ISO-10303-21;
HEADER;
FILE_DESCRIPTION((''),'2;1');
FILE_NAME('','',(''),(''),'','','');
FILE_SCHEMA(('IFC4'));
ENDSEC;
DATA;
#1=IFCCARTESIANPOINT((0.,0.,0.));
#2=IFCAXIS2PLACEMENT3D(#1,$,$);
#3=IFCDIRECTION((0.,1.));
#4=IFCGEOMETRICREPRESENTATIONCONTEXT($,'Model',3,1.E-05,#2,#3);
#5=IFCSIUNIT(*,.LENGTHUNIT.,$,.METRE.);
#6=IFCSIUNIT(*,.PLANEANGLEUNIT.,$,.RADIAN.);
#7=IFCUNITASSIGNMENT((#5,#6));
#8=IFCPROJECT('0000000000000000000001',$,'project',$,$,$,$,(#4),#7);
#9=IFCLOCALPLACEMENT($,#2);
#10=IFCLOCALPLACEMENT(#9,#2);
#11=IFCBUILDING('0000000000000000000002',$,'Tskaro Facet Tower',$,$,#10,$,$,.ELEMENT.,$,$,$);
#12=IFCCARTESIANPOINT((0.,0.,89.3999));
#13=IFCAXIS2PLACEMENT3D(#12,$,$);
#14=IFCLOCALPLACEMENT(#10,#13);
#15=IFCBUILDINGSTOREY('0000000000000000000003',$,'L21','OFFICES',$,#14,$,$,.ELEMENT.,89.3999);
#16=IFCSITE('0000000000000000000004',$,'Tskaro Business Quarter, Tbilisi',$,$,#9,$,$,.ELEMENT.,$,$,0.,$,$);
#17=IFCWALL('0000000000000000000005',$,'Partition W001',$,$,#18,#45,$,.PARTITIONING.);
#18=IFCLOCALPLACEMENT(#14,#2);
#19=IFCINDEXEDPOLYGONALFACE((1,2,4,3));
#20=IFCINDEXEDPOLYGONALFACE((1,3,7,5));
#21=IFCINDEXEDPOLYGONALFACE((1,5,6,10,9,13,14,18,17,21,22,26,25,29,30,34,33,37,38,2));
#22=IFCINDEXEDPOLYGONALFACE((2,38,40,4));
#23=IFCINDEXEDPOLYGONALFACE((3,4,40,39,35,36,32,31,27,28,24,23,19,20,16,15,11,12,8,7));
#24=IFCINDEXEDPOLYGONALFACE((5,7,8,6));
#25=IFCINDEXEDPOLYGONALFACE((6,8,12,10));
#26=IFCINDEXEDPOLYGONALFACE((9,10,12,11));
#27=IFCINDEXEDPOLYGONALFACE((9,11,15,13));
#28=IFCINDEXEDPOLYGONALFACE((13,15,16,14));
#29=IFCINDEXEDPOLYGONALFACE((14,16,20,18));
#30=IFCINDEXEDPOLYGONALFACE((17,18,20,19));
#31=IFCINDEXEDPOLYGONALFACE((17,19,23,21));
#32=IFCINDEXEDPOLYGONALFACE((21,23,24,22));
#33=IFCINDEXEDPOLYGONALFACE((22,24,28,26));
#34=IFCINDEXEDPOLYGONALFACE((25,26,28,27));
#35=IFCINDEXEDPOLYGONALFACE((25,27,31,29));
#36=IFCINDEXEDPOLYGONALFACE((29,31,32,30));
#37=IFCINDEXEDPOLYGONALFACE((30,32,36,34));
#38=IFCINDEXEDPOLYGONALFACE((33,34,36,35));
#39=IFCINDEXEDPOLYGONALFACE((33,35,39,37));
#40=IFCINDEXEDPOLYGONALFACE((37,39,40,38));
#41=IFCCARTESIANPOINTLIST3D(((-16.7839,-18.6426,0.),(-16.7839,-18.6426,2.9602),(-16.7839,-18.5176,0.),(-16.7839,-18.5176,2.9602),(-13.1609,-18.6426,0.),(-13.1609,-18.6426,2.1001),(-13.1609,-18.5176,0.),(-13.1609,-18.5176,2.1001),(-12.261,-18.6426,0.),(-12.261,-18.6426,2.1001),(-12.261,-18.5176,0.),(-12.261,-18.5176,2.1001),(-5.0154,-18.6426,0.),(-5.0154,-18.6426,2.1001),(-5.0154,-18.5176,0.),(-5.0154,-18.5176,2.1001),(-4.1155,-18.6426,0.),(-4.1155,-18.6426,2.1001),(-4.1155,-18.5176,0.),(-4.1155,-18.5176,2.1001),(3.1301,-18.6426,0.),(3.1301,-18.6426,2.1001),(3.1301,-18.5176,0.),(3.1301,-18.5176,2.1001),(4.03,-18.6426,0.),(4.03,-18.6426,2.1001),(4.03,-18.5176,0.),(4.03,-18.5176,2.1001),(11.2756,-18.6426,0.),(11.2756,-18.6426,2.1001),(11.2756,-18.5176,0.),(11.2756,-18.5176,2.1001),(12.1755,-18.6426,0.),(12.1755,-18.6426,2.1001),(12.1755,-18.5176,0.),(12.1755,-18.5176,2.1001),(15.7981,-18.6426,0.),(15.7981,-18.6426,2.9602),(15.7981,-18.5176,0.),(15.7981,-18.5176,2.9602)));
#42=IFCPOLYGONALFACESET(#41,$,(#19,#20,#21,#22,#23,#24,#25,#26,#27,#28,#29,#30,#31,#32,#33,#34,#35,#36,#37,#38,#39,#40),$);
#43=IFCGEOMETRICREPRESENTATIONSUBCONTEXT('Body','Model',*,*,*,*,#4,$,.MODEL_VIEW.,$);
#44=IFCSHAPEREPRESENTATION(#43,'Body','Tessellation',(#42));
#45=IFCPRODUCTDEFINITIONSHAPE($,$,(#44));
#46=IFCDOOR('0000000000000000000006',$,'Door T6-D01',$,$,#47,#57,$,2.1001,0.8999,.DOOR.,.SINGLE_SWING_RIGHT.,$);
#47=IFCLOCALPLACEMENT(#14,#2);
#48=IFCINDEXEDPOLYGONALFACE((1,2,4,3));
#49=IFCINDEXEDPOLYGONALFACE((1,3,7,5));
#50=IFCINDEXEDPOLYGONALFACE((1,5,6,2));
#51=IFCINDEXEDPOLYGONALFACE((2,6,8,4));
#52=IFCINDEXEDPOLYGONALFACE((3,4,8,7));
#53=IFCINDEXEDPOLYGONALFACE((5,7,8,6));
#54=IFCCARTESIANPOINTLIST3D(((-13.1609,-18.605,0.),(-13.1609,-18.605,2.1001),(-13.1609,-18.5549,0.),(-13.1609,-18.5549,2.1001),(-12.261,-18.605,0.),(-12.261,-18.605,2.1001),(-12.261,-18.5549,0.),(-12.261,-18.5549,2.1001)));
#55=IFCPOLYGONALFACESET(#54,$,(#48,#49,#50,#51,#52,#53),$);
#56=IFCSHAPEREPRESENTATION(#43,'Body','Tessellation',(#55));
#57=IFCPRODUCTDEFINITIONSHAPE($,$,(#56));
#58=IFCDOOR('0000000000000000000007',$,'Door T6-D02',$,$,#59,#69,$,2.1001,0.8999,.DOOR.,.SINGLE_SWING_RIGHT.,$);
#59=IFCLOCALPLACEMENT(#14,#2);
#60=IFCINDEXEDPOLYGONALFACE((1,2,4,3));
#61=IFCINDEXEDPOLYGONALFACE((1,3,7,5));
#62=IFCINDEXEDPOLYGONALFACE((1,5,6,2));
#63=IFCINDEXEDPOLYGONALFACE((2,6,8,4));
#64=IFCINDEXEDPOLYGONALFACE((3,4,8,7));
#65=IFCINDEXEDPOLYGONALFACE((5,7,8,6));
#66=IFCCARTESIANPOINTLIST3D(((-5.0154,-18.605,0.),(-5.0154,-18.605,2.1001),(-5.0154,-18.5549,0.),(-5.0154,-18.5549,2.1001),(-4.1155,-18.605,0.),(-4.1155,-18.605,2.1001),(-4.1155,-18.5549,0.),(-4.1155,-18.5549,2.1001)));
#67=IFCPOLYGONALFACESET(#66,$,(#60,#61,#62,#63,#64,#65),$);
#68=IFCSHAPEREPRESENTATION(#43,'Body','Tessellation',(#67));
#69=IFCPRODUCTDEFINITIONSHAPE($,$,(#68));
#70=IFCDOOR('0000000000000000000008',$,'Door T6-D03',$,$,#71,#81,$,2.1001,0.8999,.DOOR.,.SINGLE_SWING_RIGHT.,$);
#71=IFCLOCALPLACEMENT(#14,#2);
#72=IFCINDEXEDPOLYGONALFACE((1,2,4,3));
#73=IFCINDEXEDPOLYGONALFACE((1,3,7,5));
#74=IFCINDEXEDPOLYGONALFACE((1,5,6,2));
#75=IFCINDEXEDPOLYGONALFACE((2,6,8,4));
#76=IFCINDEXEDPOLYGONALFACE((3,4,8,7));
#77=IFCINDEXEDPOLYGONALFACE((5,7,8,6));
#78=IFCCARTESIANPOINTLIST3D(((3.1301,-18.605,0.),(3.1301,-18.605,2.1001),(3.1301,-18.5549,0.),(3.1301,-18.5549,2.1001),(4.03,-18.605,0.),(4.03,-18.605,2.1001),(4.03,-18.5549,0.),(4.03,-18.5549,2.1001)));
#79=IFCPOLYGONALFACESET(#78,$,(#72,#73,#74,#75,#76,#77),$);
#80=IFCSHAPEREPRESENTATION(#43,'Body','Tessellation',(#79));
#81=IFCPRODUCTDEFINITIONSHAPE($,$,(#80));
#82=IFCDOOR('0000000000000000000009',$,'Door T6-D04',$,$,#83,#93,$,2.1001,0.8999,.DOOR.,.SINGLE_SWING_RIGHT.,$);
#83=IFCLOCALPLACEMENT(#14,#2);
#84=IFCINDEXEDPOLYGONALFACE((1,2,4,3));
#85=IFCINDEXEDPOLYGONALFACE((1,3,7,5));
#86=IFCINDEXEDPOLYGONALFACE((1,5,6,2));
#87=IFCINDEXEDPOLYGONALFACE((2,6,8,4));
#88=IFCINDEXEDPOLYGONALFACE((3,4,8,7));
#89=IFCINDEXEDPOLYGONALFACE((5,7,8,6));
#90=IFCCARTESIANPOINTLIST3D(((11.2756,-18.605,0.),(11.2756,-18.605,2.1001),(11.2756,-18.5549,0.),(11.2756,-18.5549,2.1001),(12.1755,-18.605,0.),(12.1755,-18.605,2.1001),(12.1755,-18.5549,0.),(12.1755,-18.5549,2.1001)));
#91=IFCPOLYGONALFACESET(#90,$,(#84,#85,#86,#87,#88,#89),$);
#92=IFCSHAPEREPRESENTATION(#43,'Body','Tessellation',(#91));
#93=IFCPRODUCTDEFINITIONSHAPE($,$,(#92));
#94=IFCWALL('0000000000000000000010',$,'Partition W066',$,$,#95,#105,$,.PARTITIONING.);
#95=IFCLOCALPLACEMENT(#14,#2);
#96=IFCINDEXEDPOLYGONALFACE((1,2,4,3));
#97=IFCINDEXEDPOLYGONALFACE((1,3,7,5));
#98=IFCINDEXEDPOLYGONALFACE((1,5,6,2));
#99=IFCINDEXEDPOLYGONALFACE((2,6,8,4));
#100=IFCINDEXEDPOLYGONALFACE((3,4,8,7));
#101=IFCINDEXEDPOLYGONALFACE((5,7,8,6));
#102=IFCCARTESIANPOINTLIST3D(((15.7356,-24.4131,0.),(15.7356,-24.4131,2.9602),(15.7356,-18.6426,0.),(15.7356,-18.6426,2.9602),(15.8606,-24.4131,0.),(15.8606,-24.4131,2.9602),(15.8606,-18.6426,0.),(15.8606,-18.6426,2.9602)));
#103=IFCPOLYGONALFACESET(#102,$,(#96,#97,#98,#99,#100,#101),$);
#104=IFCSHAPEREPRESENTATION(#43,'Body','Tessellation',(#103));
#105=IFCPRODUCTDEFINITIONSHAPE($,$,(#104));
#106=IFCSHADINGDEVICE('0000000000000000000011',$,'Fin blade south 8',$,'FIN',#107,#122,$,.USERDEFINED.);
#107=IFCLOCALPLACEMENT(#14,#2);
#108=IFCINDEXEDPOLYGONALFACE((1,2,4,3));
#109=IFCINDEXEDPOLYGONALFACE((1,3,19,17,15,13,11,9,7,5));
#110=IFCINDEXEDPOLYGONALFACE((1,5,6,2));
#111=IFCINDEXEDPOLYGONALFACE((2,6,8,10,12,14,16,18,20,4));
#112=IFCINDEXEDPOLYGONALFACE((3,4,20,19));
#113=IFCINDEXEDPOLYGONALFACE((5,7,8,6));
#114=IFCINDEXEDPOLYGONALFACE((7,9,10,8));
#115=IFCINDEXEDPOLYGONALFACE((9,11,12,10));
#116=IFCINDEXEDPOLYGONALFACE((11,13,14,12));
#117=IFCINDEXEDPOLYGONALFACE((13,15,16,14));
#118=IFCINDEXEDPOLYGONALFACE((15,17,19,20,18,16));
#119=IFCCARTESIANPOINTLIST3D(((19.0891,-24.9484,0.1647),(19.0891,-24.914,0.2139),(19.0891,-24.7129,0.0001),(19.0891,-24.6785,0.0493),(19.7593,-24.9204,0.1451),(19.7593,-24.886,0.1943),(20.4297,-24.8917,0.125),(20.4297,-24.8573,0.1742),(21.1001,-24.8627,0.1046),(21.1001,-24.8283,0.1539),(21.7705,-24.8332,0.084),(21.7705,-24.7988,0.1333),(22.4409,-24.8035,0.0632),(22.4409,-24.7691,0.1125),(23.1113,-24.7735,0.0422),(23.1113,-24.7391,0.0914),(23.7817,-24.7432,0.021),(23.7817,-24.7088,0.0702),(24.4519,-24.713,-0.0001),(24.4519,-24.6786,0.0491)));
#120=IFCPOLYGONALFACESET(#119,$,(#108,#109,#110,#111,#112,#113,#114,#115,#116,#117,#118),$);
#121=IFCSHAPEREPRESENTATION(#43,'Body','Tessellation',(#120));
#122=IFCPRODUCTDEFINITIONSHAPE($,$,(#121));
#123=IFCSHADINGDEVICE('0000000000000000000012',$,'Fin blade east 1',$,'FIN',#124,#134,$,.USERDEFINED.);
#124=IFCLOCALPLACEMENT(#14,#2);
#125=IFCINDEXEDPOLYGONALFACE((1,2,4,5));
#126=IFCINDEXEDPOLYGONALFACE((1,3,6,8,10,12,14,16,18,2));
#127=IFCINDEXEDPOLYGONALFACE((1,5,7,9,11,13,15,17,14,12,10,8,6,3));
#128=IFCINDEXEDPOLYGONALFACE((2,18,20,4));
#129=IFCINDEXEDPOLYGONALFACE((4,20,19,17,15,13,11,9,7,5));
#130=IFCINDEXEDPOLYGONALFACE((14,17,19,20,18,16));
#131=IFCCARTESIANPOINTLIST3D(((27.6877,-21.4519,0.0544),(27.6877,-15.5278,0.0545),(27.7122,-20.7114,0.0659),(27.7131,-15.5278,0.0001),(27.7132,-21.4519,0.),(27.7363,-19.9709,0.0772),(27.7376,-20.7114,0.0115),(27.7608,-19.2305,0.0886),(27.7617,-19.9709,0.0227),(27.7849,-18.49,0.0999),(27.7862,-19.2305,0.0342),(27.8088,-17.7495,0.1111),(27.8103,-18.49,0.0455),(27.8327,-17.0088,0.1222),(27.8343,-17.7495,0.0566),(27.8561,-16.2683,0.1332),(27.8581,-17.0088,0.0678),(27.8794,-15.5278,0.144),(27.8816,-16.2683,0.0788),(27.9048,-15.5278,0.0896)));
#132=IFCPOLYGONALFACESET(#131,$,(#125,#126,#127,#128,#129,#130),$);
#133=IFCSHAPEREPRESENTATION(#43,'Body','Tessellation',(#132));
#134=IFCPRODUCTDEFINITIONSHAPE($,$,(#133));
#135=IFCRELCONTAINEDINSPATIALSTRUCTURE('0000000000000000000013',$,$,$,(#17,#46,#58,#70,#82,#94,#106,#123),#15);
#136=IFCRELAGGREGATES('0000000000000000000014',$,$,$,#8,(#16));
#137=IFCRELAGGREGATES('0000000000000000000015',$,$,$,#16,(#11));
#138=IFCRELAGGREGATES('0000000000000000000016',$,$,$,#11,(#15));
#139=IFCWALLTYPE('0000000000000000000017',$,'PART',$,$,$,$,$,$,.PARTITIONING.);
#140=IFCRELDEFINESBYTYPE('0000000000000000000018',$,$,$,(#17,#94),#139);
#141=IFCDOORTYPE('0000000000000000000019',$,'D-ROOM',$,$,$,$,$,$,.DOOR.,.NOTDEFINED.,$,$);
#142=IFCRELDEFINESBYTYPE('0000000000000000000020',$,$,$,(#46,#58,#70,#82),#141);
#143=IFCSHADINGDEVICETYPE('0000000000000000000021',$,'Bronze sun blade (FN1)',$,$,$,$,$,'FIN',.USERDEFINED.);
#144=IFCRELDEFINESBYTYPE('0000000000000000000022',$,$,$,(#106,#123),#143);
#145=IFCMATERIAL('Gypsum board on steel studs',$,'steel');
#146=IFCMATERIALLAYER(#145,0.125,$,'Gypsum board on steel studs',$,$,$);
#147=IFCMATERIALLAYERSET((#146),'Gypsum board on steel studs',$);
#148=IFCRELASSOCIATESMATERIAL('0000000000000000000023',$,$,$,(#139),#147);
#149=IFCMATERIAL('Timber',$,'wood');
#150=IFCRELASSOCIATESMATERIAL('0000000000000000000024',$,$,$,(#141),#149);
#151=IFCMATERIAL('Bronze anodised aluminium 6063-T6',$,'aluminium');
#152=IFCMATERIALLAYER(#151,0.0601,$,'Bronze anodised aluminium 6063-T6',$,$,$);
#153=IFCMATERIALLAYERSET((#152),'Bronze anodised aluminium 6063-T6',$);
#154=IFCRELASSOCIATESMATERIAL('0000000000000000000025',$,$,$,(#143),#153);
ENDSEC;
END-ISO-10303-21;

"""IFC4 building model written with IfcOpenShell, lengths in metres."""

from ifc_helpers import new_model, si_unit, direction, frame, frame_2d, origin, place, context, subcontext, project, spatial, polyline, rectangle, outline, extrude, material, layer, layer_set, type_object, element, fill, save


model = new_model("IFC4")

# Units and contexts
model_context = context("Model", 3, precision=1e-05, world=origin(), true_north=direction((0.0, 1.0)))
body_context = subcontext(model_context, "Body", "Model", "MODEL_VIEW")
ifc_project = project(units=[si_unit("LENGTHUNIT", "METRE"), si_unit("PLANEANGLEUNIT", "RADIAN")], contexts=[model_context])

# Site, building, storey
site_placement = place(None, origin())
site = spatial("IfcSite", under=ifc_project, at=site_placement, Name="Tskaro Business Quarter, Tbilisi", CompositionType="ELEMENT", RefElevation=0.0)
building_placement = place(site_placement, origin())
building = spatial("IfcBuilding", under=site, at=building_placement, Name="Tskaro Facet Tower", CompositionType="ELEMENT")
storey_placement = place(building_placement, frame((0.0, 0.0, 89.3999)))
storey = spatial("IfcBuildingStorey", under=building, at=storey_placement, Name="L21", Description="OFFICES", CompositionType="ELEMENT", Elevation=89.3999)

# Shared definitions
ifc_material_1 = material(Name="Bronze anodised aluminium 6063-T6", Category="aluminium")

# Wall, openings, doors
ifc_material_2 = material(Name="Gypsum board on steel studs", Category="steel")
ifc_layer_1 = layer(ifc_material_2, 0.125, Name="Gypsum board on steel studs")
ifc_layer_set_1 = layer_set([ifc_layer_1], Name="Gypsum board on steel studs")
wall_type = type_object("IfcWallType", Name="PART", PredefinedType="PARTITIONING", material=ifc_layer_set_1)
wall_1_placement = place(storey_placement, frame((15.7981, -18.5801, 0.0), z_axis=(0.0, 0.0, 1.0), x_axis=(-1.0, 0.0, 0.0)))
wall_1 = element("IfcWall", 1, at=wall_1_placement, inside=storey, type_object=wall_type, Name="Partition W001", PredefinedType="PARTITIONING", context=body_context, shape_type="SweptSolid", body=[
    extrude(rectangle(XDim=32.582, YDim=0.125, at=frame_2d((16.291, 0.0))), origin(), (0.0, 0.0, 1.0), 2.9602),
])
opening_1_placement = place(wall_1_placement, frame((28.0591, 0.0, 0.0)))
opening_1 = element("IfcOpeningElement", 2, at=opening_1_placement, cuts=wall_1, PredefinedType="OPENING", context=body_context, shape_type="SweptSolid", body=[
    extrude(rectangle(XDim=0.8999, YDim=2.1001, at=frame_2d((0.45, 1.05))), frame((0.0, 0.0725, 0.0), z_axis=(0.0, -1.0, 0.0), x_axis=(1.0, 0.0, 0.0)), (0.0, 0.0, 1.0), 0.145),
])
opening_2_placement = place(wall_1_placement, frame((19.9136, 0.0, 0.0)))
opening_2 = element("IfcOpeningElement", 3, at=opening_2_placement, cuts=wall_1, PredefinedType="OPENING", context=body_context, shape_type="SweptSolid", body=[
    extrude(rectangle(XDim=0.8999, YDim=2.1001, at=frame_2d((0.45, 1.05))), frame((0.0, 0.0725, 0.0), z_axis=(0.0, -1.0, 0.0), x_axis=(1.0, 0.0, 0.0)), (0.0, 0.0, 1.0), 0.145),
])
opening_3_placement = place(wall_1_placement, frame((11.7681, 0.0, 0.0)))
opening_3 = element("IfcOpeningElement", 4, at=opening_3_placement, cuts=wall_1, PredefinedType="OPENING", context=body_context, shape_type="SweptSolid", body=[
    extrude(rectangle(XDim=0.8999, YDim=2.1001, at=frame_2d((0.45, 1.05))), frame((0.0, 0.0725, 0.0), z_axis=(0.0, -1.0, 0.0), x_axis=(1.0, 0.0, 0.0)), (0.0, 0.0, 1.0), 0.145),
])
opening_4_placement = place(wall_1_placement, frame((3.6226, 0.0, 0.0)))
opening_4 = element("IfcOpeningElement", 5, at=opening_4_placement, cuts=wall_1, PredefinedType="OPENING", context=body_context, shape_type="SweptSolid", body=[
    extrude(rectangle(XDim=0.8999, YDim=2.1001, at=frame_2d((0.45, 1.05))), frame((0.0, 0.0725, 0.0), z_axis=(0.0, -1.0, 0.0), x_axis=(1.0, 0.0, 0.0)), (0.0, 0.0, 1.0), 0.145),
])
ifc_material_3 = material(Name="Timber", Category="wood")
door_type = type_object("IfcDoorType", Name="D-ROOM", OperationType="NOTDEFINED", PredefinedType="DOOR", material=ifc_material_3)
door_1_placement = place(opening_1_placement, origin())
door_1 = element("IfcDoor", 6, at=door_1_placement, inside=storey, type_object=door_type, Name="Door T6-D01", OperationType="SINGLE_SWING_RIGHT", OverallHeight=2.1001, OverallWidth=0.8999, PredefinedType="DOOR", context=body_context, shape_type="SweptSolid", body=[
    extrude(rectangle(XDim=0.8999, YDim=2.1001, at=frame_2d((0.45, 1.05))), frame((0.0, 0.0249, 0.0), z_axis=(0.0, -1.0, 0.0), x_axis=(1.0, 0.0, 0.0)), (0.0, 0.0, 1.0), 0.05),
])
fill(opening_1, door_1)
door_2_placement = place(opening_2_placement, origin())
door_2 = element("IfcDoor", 7, at=door_2_placement, inside=storey, type_object=door_type, Name="Door T6-D02", OperationType="SINGLE_SWING_RIGHT", OverallHeight=2.1001, OverallWidth=0.8999, PredefinedType="DOOR", context=body_context, shape_type="SweptSolid", body=[
    extrude(rectangle(XDim=0.8999, YDim=2.1001, at=frame_2d((0.45, 1.05))), frame((0.0, 0.0249, 0.0), z_axis=(0.0, -1.0, 0.0), x_axis=(1.0, 0.0, 0.0)), (0.0, 0.0, 1.0), 0.05),
])
fill(opening_2, door_2)
door_3_placement = place(opening_3_placement, origin())
door_3 = element("IfcDoor", 8, at=door_3_placement, inside=storey, type_object=door_type, Name="Door T6-D03", OperationType="SINGLE_SWING_RIGHT", OverallHeight=2.1001, OverallWidth=0.8999, PredefinedType="DOOR", context=body_context, shape_type="SweptSolid", body=[
    extrude(rectangle(XDim=0.8999, YDim=2.1001, at=frame_2d((0.45, 1.05))), frame((0.0, 0.0249, 0.0), z_axis=(0.0, -1.0, 0.0), x_axis=(1.0, 0.0, 0.0)), (0.0, 0.0, 1.0), 0.05),
])
fill(opening_3, door_3)
door_4_placement = place(opening_4_placement, origin())
door_4 = element("IfcDoor", 9, at=door_4_placement, inside=storey, type_object=door_type, Name="Door T6-D04", OperationType="SINGLE_SWING_RIGHT", OverallHeight=2.1001, OverallWidth=0.8999, PredefinedType="DOOR", context=body_context, shape_type="SweptSolid", body=[
    extrude(rectangle(XDim=0.8999, YDim=2.1001, at=frame_2d((0.45, 1.05))), frame((0.0, 0.0249, 0.0), z_axis=(0.0, -1.0, 0.0), x_axis=(1.0, 0.0, 0.0)), (0.0, 0.0, 1.0), 0.05),
])
fill(opening_4, door_4)

# Wall
wall_2_placement = place(storey_placement, frame((15.7981, -24.4131, 0.0), z_axis=(0.0, 0.0, 1.0), x_axis=(0.0, 1.0, 0.0)))
element("IfcWall", 10, at=wall_2_placement, inside=storey, type_object=wall_type, Name="Partition W066", PredefinedType="PARTITIONING", context=body_context, shape_type="SweptSolid", body=[
    extrude(rectangle(XDim=5.7705, YDim=0.125, at=frame_2d((2.8853, 0.0))), origin(), (0.0, 0.0, 1.0), 2.9602),
])

# Shading devices
ifc_layer_2 = layer(ifc_material_1, 0.0601, Name="Bronze anodised aluminium 6063-T6")
ifc_layer_set_2 = layer_set([ifc_layer_2], Name="Bronze anodised aluminium 6063-T6")
shading_device_type = type_object("IfcShadingDeviceType", Name="Bronze sun blade (FN1)", ElementType="FIN", PredefinedType="USERDEFINED", material=ifc_layer_set_2)
shading_device_1_placement = place(storey_placement, frame((19.0891, -24.6785, 0.0493), z_axis=(0.00005, 0.572815, 0.819684), x_axis=(1.0, -0.000029, -0.000041)))
element("IfcShadingDevice", 11, at=shading_device_1_placement, inside=storey, type_object=shading_device_type, Name="Fin blade south 8", ObjectType="FIN", PredefinedType="USERDEFINED", context=body_context, shape_type="SweptSolid", body=[
    extrude(outline(polyline([(0.0, 0.0), (5.3628, 0.0), (4.6926, -0.0368), (4.0222, -0.0738), (3.3518, -0.1105), (2.6814, -0.1468), (2.011, -0.1827), (1.3406, -0.2181), (0.6702, -0.2532), (0.0, -0.2873), (0.0, 0.0)])), origin(), (0.0, 0.0, -1.0), 0.0601),
])
shading_device_2_placement = place(storey_placement, frame((27.6877, -21.4519, 0.0544), z_axis=(-0.423324, -0.000007, 0.905979), x_axis=(-0.000003, 1.0, 0.000007)))
element("IfcShadingDevice", 12, at=shading_device_2_placement, inside=storey, type_object=shading_device_type, Name="Fin blade east 1", ObjectType="FIN", PredefinedType="USERDEFINED", context=body_context, shape_type="SweptSolid", body=[
    extrude(outline(polyline([(0.0, 0.0), (5.9241, 0.0), (5.9241, -0.2116), (5.1836, -0.1859), (4.4431, -0.16), (3.7024, -0.1337), (2.9619, -0.1073), (2.2214, -0.0806), (1.481, -0.0536), (0.7405, -0.027), (0.0, 0.0)])), origin(), (0.0, 0.0, -1.0), 0.0601),
])

save(model, "model.ifc")
